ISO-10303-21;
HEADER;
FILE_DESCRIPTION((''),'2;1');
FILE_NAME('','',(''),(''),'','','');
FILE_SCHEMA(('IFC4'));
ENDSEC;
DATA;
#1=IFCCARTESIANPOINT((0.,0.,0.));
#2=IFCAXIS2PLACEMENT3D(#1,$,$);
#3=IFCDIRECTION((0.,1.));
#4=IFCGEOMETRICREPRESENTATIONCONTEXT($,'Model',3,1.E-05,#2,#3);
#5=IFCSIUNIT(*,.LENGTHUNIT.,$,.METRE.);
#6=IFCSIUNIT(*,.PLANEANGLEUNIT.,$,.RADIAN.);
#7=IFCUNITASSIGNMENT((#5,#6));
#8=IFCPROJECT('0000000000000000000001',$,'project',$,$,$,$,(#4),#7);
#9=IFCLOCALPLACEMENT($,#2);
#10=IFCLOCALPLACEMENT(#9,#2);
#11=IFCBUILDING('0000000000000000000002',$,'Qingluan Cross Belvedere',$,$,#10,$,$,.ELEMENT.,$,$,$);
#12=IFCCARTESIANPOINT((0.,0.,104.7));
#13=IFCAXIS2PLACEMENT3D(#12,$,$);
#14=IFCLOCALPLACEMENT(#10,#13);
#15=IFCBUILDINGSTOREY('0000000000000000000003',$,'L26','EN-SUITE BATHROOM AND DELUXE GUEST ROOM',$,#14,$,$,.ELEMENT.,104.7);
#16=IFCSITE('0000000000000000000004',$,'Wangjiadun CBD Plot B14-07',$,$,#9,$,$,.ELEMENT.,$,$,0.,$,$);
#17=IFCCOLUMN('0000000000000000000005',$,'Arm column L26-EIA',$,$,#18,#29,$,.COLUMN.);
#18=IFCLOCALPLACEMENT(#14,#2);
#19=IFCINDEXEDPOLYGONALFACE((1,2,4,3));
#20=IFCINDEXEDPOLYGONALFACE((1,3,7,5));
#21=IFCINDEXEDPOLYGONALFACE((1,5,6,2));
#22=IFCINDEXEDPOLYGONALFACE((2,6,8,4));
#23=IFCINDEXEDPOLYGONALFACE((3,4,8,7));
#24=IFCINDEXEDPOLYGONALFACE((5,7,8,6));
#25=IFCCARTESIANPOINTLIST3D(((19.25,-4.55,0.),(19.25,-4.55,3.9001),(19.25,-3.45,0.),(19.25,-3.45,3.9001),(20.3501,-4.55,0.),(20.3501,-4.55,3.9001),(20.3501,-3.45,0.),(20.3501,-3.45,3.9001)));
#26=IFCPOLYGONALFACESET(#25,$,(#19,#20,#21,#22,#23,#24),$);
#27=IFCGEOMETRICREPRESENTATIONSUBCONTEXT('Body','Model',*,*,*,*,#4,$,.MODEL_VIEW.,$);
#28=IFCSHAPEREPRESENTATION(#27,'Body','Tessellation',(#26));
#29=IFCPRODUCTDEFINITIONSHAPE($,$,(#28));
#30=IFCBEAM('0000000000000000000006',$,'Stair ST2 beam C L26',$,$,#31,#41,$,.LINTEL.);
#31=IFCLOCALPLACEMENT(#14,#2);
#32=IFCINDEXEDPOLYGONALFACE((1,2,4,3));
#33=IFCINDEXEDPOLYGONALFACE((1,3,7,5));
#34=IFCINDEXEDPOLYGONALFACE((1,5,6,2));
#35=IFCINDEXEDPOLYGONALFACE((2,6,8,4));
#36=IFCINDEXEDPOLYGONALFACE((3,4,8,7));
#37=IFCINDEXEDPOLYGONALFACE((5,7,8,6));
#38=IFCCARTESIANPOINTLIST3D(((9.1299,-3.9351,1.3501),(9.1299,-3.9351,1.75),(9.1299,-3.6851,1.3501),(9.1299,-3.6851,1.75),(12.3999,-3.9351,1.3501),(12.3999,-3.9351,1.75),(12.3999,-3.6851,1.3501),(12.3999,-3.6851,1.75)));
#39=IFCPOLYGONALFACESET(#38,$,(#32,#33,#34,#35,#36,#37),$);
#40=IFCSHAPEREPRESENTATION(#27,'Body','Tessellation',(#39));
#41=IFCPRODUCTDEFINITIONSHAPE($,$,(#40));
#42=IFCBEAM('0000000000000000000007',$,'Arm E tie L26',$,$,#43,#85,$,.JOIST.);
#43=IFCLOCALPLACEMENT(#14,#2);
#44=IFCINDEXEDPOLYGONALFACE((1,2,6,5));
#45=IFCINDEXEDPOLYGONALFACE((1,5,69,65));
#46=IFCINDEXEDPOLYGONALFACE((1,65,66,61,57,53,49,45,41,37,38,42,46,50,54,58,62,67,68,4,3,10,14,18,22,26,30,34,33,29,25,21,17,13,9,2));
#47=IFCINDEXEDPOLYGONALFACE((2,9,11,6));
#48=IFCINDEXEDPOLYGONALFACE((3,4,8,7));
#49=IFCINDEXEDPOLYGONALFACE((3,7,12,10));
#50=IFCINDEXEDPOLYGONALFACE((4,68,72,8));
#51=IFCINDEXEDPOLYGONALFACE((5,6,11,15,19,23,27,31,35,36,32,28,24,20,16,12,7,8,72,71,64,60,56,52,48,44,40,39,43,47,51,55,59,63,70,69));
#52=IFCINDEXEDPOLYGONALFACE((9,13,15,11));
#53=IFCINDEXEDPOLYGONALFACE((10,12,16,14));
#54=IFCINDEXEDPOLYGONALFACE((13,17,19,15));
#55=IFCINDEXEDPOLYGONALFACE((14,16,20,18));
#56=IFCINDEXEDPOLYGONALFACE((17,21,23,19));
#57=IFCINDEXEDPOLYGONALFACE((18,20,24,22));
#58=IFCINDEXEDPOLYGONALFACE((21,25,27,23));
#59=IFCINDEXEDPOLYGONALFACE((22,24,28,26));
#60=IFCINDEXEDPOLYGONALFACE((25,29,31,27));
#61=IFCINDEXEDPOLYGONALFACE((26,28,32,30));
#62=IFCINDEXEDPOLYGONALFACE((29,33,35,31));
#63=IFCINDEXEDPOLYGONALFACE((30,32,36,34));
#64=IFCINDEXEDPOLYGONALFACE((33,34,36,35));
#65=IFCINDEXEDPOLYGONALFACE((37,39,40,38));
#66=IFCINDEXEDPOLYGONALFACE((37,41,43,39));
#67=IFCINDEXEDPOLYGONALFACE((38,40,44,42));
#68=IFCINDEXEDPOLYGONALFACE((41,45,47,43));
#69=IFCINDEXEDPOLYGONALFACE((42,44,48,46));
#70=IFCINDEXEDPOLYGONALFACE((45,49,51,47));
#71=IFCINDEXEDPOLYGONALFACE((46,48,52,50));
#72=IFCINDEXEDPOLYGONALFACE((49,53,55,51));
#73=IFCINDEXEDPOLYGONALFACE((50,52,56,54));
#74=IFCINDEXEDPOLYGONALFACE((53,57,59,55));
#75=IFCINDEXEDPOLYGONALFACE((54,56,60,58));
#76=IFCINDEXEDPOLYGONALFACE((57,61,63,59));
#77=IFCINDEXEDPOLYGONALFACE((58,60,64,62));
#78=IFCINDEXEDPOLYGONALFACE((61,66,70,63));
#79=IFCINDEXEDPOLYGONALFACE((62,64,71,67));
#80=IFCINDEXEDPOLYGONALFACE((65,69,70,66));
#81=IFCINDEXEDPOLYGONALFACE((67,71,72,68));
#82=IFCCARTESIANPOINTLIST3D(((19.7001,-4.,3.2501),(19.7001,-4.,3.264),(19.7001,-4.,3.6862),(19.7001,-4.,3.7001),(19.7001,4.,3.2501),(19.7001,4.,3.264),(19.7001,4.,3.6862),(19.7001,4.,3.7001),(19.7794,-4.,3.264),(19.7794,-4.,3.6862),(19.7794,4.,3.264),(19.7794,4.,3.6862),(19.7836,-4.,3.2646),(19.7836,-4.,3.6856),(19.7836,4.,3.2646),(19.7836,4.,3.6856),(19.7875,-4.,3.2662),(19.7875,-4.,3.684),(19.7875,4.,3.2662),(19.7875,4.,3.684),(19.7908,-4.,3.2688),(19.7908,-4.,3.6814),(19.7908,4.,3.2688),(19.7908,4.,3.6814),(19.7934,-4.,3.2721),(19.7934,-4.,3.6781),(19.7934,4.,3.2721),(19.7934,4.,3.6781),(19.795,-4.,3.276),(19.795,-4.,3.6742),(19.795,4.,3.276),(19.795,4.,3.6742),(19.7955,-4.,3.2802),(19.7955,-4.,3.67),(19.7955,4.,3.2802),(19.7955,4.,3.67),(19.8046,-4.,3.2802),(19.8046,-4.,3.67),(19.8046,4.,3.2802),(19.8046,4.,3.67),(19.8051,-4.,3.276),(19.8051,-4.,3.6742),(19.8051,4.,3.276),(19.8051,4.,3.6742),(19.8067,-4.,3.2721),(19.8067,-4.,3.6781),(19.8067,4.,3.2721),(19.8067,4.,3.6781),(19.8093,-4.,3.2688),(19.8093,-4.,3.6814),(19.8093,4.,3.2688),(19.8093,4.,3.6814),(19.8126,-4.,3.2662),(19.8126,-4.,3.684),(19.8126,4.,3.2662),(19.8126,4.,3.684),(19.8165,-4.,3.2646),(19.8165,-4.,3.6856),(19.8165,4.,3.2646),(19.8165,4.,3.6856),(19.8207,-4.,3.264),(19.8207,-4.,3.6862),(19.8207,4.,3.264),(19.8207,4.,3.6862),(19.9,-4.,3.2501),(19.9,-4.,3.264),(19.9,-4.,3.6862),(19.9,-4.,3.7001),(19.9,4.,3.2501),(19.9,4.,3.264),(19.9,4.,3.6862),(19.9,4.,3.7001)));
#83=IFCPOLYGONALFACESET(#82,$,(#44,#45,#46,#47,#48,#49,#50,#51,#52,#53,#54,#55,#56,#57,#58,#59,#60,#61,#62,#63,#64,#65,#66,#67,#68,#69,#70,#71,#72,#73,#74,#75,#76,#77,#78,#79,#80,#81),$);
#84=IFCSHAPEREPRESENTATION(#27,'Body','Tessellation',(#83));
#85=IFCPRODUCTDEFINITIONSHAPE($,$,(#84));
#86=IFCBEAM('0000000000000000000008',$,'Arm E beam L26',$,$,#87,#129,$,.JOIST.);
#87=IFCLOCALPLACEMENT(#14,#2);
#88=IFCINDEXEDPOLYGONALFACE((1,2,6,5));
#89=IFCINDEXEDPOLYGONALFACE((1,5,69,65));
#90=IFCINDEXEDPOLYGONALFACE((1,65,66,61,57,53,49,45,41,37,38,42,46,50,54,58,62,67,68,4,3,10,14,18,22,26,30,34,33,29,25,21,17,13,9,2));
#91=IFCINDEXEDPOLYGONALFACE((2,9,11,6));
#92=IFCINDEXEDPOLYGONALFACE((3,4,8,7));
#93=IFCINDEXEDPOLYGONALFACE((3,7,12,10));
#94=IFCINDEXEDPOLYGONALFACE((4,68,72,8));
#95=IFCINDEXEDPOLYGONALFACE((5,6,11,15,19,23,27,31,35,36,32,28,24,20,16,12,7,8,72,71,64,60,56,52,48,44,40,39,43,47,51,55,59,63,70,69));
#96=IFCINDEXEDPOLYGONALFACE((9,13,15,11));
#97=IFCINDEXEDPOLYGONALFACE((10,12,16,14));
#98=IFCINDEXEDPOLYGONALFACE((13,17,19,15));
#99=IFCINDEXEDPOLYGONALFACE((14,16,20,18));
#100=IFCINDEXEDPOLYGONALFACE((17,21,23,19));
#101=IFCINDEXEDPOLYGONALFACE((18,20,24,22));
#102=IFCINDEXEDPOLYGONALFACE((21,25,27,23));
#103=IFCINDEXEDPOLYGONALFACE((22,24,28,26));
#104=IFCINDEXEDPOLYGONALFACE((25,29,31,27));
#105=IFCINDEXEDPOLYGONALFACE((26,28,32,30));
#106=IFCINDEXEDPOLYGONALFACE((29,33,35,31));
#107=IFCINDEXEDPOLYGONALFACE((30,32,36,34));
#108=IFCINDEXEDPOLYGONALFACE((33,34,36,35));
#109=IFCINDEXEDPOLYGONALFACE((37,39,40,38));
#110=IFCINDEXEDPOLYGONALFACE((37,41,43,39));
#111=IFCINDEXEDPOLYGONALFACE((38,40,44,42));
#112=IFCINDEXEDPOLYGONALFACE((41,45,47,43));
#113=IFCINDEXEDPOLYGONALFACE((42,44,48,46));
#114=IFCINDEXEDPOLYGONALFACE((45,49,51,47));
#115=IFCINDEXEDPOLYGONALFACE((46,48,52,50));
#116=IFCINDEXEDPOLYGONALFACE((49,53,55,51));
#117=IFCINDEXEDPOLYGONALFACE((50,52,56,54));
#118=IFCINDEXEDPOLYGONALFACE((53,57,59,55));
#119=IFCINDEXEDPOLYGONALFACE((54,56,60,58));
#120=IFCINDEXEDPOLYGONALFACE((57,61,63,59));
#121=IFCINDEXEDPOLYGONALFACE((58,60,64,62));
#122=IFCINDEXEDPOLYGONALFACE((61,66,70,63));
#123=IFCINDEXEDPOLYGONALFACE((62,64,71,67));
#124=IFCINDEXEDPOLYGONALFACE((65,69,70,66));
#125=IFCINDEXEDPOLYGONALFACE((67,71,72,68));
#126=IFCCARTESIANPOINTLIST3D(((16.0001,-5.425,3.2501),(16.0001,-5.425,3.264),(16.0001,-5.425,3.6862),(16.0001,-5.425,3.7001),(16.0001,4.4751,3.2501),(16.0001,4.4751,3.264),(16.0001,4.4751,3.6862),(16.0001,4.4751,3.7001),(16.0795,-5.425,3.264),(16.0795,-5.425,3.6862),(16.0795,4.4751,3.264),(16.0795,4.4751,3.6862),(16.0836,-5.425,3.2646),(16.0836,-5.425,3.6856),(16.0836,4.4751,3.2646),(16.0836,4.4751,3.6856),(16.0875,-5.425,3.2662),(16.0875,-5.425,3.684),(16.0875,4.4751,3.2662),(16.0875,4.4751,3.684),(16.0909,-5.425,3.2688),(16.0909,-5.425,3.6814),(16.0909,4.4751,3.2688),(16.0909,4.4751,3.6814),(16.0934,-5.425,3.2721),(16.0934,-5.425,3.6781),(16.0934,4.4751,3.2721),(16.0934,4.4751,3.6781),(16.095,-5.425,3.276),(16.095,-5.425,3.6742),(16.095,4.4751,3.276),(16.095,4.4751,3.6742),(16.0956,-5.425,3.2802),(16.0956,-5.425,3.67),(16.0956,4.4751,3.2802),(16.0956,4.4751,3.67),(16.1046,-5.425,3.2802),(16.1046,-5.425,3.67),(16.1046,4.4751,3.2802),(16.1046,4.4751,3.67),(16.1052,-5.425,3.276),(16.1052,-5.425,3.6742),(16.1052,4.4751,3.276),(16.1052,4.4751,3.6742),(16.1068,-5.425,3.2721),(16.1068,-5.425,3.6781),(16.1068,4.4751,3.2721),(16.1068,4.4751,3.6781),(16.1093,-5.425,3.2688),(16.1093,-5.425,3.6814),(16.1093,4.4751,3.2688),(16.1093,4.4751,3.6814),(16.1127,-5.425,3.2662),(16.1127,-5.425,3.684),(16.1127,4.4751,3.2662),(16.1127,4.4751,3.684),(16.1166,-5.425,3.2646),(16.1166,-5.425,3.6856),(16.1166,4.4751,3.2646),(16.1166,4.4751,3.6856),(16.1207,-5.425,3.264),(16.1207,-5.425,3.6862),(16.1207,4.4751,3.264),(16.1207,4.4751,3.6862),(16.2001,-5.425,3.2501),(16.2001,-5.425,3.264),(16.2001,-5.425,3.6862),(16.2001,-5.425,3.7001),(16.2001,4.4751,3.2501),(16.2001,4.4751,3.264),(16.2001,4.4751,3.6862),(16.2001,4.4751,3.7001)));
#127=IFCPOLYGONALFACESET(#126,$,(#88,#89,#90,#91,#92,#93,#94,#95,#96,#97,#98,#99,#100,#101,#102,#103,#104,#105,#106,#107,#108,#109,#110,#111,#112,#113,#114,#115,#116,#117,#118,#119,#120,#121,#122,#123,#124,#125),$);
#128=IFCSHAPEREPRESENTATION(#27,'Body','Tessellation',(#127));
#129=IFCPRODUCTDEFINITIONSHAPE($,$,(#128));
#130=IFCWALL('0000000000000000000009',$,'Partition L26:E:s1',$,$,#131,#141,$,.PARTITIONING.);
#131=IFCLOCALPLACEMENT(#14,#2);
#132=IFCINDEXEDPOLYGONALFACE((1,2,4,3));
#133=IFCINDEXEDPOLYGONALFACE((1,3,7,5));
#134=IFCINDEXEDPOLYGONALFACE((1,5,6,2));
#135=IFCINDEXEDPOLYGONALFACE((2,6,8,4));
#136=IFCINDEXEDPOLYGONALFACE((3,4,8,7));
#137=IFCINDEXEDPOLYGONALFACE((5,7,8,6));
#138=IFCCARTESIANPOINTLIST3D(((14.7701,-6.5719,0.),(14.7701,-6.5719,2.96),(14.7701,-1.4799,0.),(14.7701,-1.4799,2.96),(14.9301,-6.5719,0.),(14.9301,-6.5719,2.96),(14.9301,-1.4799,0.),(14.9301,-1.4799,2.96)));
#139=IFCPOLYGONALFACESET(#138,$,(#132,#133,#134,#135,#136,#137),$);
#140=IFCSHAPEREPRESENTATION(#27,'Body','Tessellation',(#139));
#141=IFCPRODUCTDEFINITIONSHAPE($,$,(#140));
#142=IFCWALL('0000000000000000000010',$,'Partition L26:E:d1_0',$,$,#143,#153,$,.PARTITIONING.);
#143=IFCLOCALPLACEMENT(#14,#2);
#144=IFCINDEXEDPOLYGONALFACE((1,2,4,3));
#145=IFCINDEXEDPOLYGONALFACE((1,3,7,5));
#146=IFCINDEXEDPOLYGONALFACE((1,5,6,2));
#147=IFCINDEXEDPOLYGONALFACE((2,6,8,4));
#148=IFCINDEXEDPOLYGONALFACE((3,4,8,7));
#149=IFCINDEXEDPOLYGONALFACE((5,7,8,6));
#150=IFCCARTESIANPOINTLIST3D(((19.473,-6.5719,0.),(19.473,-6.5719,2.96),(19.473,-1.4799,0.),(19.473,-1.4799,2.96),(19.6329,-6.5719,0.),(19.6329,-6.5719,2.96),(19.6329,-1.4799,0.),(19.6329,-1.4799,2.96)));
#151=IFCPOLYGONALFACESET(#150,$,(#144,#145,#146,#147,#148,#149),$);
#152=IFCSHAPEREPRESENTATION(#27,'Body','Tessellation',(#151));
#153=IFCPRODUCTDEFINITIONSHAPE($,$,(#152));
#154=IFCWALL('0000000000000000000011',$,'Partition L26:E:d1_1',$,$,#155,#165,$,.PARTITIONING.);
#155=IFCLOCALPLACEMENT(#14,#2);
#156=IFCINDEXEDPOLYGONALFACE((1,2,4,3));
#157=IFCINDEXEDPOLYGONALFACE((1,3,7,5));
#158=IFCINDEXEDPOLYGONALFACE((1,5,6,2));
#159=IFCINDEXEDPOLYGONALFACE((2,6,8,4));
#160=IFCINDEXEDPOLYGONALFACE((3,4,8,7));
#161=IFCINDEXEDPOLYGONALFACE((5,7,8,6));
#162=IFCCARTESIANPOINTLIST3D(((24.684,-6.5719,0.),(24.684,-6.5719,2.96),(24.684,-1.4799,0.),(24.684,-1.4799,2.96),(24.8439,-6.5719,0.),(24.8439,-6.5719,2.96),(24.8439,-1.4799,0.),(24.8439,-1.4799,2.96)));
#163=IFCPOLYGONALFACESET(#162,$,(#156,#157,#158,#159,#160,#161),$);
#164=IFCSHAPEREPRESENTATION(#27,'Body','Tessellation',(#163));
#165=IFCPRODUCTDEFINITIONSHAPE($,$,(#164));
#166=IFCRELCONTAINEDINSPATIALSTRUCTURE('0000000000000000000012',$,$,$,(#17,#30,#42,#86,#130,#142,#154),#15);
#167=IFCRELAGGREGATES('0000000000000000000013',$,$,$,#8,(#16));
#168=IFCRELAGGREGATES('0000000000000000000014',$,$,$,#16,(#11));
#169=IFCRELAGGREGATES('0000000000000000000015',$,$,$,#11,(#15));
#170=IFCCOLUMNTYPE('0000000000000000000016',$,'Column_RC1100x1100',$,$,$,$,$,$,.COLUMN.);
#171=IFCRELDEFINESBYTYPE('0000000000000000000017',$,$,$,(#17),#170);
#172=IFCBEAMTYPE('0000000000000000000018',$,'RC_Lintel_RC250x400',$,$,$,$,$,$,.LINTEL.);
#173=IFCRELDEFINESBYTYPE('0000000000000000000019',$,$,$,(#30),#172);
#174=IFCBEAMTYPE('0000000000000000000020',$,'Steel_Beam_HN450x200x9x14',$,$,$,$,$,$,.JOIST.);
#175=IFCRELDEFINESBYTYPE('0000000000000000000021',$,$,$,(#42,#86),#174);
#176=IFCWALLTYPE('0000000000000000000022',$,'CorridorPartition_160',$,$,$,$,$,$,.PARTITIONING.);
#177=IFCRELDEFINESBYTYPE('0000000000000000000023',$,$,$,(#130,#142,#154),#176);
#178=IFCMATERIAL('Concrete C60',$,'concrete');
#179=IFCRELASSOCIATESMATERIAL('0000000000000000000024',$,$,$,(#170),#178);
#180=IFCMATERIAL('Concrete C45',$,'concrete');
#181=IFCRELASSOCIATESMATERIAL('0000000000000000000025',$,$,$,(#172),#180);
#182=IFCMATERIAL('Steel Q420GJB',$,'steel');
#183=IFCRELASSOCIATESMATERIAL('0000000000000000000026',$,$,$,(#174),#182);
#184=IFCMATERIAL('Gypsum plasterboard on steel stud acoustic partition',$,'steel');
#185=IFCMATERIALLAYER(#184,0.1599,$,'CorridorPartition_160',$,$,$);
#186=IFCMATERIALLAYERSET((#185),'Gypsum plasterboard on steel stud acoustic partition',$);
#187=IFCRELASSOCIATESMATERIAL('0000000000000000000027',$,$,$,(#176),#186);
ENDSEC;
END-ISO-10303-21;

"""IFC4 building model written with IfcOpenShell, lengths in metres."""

from ifc_helpers import new_model, si_unit, direction, frame, frame_2d, origin, origin_2d, place, context, subcontext, project, spatial, rectangle, i_section, extrude, material, layer, layer_set, material_profile, profile_set, type_object, element, save


model = new_model("IFC4")

# Units and contexts
model_context = context("Model", 3, precision=1e-05, world=origin(), true_north=direction((0.0, 1.0)))
body_context = subcontext(model_context, "Body", "Model", "MODEL_VIEW")
ifc_project = project(units=[si_unit("LENGTHUNIT", "METRE"), si_unit("PLANEANGLEUNIT", "RADIAN")], contexts=[model_context])

# Site, building, storey
site_placement = place(None, origin())
site = spatial("IfcSite", under=ifc_project, at=site_placement, Name="Wangjiadun CBD Plot B14-07", CompositionType="ELEMENT", RefElevation=0.0)
building_placement = place(site_placement, origin())
building = spatial("IfcBuilding", under=site, at=building_placement, Name="Qingluan Cross Belvedere", CompositionType="ELEMENT")
storey_placement = place(building_placement, frame((0.0, 0.0, 104.7)))
storey = spatial("IfcBuildingStorey", under=building, at=storey_placement, Name="L26", Description="EN-SUITE BATHROOM AND DELUXE GUEST ROOM", CompositionType="ELEMENT", Elevation=104.7)

# Column
ifc_material_1 = material(Name="Concrete C60", Category="concrete")
ifc_material_profile_1 = material_profile(ifc_material_1, rectangle(XDim=1.1001, YDim=1.1001, at=origin_2d()), Name="RC1100x1100")
ifc_profile_set_1 = profile_set([ifc_material_profile_1], Name="Concrete C60")
column_type = type_object("IfcColumnType", Name="Column_RC1100x1100", PredefinedType="COLUMN", material=ifc_profile_set_1)
column_placement = place(storey_placement, frame((19.8, -4.0, 0.0), z_axis=(0.0, 0.0, 1.0), x_axis=(1.0, 0.0, 0.0)))
element("IfcColumn", 1, at=column_placement, inside=storey, type_object=column_type, Name="Arm column L26-EIA", PredefinedType="COLUMN", context=body_context, shape_type="SweptSolid", body=[
    extrude(rectangle(XDim=1.1001, YDim=1.1001, at=origin_2d()), origin(), (0.0, 0.0, 1.0), 3.9001),
])

# Beams
ifc_material_2 = material(Name="Concrete C45", Category="concrete")
ifc_material_profile_2 = material_profile(ifc_material_2, rectangle(XDim=0.25, YDim=0.3999, at=origin_2d()), Name="RC250x400")
ifc_profile_set_2 = profile_set([ifc_material_profile_2], Name="Concrete C45")
beam_type_1 = type_object("IfcBeamType", Name="RC_Lintel_RC250x400", PredefinedType="LINTEL", material=ifc_profile_set_2)
beam_1_placement = place(storey_placement, frame((12.3999, -3.8101, 1.55), z_axis=(-1.0, 0.0, 0.0), x_axis=(0.0, -1.0, 0.0)))
element("IfcBeam", 2, at=beam_1_placement, inside=storey, type_object=beam_type_1, Name="Stair ST2 beam C L26", PredefinedType="LINTEL", context=body_context, shape_type="SweptSolid", body=[
    extrude(rectangle(XDim=0.25, YDim=0.3999, at=origin_2d()), origin(), (0.0, 0.0, 1.0), 3.27),
])
ifc_material_3 = material(Name="Steel Q420GJB", Category="steel")
ifc_material_profile_3 = material_profile(ifc_material_3, i_section(OverallWidth=0.2, OverallDepth=0.45, WebThickness=0.009, FlangeThickness=0.0139, FilletRadius=0.0161, at=origin_2d()), Name="HN450x200x9x14")
ifc_profile_set_3 = profile_set([ifc_material_profile_3], Name="Steel Q420GJB")
beam_type_2 = type_object("IfcBeamType", Name="Steel_Beam_HN450x200x9x14", PredefinedType="JOIST", material=ifc_profile_set_3)
beam_2_placement = place(storey_placement, frame((19.8, -4.0, 3.4751), z_axis=(0.0, 1.0, 0.0), x_axis=(-1.0, 0.0, 0.0)))
element("IfcBeam", 3, at=beam_2_placement, inside=storey, type_object=beam_type_2, Name="Arm E tie L26", PredefinedType="JOIST", context=body_context, shape_type="SweptSolid", body=[
    extrude(i_section(OverallWidth=0.2, OverallDepth=0.45, WebThickness=0.009, FlangeThickness=0.0139, FilletRadius=0.0161, at=origin_2d()), origin(), (0.0, 0.0, 1.0), 8.0),
])
beam_3_placement = place(storey_placement, frame((16.1001, -5.425, 3.4751), z_axis=(0.0, 1.0, 0.0), x_axis=(-1.0, 0.0, 0.0)))
element("IfcBeam", 4, at=beam_3_placement, inside=storey, type_object=beam_type_2, Name="Arm E beam L26", PredefinedType="JOIST", context=body_context, shape_type="SweptSolid", body=[
    extrude(i_section(OverallWidth=0.2, OverallDepth=0.45, WebThickness=0.009, FlangeThickness=0.0139, FilletRadius=0.0161, at=origin_2d()), origin(), (0.0, 0.0, 1.0), 9.9001),
])

# Shared definitions
ifc_material_4 = material(Name="Gypsum plasterboard on steel stud acoustic partition", Category="steel")
ifc_layer_1 = layer(ifc_material_4, 0.1599, Name="CorridorPartition_160")
ifc_layer_set_1 = layer_set([ifc_layer_1], Name="Gypsum plasterboard on steel stud acoustic partition")
wall_type_1 = type_object("IfcWallType", Name="CorridorPartition_160", PredefinedType="PARTITIONING", material=ifc_layer_set_1)

# Walls
for number, where, z_axis, x_axis, name in (
    (5, (14.8501, -1.48, 0.0), (0.0, 0.0, 1.0), (0.0, -1.0, 0.0), "Partition L26:E:s1"),
    (6, (19.553, -1.48, 0.0), (0.0, 0.0, 1.0), (0.0, -1.0, 0.0), "Partition L26:E:d1_0"),
    (7, (24.7639, -1.48, 0.0), (0.0, 0.0, 1.0), (0.0, -1.0, 0.0), "Partition L26:E:d1_1"),
):
    element("IfcWall", number, at=place(storey_placement, frame(where, z_axis=z_axis, x_axis=x_axis)), inside=storey, type_object=wall_type_1, Name=name, PredefinedType="PARTITIONING", context=body_context, shape_type="SweptSolid", body=[
        extrude(rectangle(XDim=5.092, YDim=0.1599, at=frame_2d((2.5459, 0.0))), origin(), (0.0, 0.0, 1.0), 2.96),
    ])

save(model, "model.ifc")
